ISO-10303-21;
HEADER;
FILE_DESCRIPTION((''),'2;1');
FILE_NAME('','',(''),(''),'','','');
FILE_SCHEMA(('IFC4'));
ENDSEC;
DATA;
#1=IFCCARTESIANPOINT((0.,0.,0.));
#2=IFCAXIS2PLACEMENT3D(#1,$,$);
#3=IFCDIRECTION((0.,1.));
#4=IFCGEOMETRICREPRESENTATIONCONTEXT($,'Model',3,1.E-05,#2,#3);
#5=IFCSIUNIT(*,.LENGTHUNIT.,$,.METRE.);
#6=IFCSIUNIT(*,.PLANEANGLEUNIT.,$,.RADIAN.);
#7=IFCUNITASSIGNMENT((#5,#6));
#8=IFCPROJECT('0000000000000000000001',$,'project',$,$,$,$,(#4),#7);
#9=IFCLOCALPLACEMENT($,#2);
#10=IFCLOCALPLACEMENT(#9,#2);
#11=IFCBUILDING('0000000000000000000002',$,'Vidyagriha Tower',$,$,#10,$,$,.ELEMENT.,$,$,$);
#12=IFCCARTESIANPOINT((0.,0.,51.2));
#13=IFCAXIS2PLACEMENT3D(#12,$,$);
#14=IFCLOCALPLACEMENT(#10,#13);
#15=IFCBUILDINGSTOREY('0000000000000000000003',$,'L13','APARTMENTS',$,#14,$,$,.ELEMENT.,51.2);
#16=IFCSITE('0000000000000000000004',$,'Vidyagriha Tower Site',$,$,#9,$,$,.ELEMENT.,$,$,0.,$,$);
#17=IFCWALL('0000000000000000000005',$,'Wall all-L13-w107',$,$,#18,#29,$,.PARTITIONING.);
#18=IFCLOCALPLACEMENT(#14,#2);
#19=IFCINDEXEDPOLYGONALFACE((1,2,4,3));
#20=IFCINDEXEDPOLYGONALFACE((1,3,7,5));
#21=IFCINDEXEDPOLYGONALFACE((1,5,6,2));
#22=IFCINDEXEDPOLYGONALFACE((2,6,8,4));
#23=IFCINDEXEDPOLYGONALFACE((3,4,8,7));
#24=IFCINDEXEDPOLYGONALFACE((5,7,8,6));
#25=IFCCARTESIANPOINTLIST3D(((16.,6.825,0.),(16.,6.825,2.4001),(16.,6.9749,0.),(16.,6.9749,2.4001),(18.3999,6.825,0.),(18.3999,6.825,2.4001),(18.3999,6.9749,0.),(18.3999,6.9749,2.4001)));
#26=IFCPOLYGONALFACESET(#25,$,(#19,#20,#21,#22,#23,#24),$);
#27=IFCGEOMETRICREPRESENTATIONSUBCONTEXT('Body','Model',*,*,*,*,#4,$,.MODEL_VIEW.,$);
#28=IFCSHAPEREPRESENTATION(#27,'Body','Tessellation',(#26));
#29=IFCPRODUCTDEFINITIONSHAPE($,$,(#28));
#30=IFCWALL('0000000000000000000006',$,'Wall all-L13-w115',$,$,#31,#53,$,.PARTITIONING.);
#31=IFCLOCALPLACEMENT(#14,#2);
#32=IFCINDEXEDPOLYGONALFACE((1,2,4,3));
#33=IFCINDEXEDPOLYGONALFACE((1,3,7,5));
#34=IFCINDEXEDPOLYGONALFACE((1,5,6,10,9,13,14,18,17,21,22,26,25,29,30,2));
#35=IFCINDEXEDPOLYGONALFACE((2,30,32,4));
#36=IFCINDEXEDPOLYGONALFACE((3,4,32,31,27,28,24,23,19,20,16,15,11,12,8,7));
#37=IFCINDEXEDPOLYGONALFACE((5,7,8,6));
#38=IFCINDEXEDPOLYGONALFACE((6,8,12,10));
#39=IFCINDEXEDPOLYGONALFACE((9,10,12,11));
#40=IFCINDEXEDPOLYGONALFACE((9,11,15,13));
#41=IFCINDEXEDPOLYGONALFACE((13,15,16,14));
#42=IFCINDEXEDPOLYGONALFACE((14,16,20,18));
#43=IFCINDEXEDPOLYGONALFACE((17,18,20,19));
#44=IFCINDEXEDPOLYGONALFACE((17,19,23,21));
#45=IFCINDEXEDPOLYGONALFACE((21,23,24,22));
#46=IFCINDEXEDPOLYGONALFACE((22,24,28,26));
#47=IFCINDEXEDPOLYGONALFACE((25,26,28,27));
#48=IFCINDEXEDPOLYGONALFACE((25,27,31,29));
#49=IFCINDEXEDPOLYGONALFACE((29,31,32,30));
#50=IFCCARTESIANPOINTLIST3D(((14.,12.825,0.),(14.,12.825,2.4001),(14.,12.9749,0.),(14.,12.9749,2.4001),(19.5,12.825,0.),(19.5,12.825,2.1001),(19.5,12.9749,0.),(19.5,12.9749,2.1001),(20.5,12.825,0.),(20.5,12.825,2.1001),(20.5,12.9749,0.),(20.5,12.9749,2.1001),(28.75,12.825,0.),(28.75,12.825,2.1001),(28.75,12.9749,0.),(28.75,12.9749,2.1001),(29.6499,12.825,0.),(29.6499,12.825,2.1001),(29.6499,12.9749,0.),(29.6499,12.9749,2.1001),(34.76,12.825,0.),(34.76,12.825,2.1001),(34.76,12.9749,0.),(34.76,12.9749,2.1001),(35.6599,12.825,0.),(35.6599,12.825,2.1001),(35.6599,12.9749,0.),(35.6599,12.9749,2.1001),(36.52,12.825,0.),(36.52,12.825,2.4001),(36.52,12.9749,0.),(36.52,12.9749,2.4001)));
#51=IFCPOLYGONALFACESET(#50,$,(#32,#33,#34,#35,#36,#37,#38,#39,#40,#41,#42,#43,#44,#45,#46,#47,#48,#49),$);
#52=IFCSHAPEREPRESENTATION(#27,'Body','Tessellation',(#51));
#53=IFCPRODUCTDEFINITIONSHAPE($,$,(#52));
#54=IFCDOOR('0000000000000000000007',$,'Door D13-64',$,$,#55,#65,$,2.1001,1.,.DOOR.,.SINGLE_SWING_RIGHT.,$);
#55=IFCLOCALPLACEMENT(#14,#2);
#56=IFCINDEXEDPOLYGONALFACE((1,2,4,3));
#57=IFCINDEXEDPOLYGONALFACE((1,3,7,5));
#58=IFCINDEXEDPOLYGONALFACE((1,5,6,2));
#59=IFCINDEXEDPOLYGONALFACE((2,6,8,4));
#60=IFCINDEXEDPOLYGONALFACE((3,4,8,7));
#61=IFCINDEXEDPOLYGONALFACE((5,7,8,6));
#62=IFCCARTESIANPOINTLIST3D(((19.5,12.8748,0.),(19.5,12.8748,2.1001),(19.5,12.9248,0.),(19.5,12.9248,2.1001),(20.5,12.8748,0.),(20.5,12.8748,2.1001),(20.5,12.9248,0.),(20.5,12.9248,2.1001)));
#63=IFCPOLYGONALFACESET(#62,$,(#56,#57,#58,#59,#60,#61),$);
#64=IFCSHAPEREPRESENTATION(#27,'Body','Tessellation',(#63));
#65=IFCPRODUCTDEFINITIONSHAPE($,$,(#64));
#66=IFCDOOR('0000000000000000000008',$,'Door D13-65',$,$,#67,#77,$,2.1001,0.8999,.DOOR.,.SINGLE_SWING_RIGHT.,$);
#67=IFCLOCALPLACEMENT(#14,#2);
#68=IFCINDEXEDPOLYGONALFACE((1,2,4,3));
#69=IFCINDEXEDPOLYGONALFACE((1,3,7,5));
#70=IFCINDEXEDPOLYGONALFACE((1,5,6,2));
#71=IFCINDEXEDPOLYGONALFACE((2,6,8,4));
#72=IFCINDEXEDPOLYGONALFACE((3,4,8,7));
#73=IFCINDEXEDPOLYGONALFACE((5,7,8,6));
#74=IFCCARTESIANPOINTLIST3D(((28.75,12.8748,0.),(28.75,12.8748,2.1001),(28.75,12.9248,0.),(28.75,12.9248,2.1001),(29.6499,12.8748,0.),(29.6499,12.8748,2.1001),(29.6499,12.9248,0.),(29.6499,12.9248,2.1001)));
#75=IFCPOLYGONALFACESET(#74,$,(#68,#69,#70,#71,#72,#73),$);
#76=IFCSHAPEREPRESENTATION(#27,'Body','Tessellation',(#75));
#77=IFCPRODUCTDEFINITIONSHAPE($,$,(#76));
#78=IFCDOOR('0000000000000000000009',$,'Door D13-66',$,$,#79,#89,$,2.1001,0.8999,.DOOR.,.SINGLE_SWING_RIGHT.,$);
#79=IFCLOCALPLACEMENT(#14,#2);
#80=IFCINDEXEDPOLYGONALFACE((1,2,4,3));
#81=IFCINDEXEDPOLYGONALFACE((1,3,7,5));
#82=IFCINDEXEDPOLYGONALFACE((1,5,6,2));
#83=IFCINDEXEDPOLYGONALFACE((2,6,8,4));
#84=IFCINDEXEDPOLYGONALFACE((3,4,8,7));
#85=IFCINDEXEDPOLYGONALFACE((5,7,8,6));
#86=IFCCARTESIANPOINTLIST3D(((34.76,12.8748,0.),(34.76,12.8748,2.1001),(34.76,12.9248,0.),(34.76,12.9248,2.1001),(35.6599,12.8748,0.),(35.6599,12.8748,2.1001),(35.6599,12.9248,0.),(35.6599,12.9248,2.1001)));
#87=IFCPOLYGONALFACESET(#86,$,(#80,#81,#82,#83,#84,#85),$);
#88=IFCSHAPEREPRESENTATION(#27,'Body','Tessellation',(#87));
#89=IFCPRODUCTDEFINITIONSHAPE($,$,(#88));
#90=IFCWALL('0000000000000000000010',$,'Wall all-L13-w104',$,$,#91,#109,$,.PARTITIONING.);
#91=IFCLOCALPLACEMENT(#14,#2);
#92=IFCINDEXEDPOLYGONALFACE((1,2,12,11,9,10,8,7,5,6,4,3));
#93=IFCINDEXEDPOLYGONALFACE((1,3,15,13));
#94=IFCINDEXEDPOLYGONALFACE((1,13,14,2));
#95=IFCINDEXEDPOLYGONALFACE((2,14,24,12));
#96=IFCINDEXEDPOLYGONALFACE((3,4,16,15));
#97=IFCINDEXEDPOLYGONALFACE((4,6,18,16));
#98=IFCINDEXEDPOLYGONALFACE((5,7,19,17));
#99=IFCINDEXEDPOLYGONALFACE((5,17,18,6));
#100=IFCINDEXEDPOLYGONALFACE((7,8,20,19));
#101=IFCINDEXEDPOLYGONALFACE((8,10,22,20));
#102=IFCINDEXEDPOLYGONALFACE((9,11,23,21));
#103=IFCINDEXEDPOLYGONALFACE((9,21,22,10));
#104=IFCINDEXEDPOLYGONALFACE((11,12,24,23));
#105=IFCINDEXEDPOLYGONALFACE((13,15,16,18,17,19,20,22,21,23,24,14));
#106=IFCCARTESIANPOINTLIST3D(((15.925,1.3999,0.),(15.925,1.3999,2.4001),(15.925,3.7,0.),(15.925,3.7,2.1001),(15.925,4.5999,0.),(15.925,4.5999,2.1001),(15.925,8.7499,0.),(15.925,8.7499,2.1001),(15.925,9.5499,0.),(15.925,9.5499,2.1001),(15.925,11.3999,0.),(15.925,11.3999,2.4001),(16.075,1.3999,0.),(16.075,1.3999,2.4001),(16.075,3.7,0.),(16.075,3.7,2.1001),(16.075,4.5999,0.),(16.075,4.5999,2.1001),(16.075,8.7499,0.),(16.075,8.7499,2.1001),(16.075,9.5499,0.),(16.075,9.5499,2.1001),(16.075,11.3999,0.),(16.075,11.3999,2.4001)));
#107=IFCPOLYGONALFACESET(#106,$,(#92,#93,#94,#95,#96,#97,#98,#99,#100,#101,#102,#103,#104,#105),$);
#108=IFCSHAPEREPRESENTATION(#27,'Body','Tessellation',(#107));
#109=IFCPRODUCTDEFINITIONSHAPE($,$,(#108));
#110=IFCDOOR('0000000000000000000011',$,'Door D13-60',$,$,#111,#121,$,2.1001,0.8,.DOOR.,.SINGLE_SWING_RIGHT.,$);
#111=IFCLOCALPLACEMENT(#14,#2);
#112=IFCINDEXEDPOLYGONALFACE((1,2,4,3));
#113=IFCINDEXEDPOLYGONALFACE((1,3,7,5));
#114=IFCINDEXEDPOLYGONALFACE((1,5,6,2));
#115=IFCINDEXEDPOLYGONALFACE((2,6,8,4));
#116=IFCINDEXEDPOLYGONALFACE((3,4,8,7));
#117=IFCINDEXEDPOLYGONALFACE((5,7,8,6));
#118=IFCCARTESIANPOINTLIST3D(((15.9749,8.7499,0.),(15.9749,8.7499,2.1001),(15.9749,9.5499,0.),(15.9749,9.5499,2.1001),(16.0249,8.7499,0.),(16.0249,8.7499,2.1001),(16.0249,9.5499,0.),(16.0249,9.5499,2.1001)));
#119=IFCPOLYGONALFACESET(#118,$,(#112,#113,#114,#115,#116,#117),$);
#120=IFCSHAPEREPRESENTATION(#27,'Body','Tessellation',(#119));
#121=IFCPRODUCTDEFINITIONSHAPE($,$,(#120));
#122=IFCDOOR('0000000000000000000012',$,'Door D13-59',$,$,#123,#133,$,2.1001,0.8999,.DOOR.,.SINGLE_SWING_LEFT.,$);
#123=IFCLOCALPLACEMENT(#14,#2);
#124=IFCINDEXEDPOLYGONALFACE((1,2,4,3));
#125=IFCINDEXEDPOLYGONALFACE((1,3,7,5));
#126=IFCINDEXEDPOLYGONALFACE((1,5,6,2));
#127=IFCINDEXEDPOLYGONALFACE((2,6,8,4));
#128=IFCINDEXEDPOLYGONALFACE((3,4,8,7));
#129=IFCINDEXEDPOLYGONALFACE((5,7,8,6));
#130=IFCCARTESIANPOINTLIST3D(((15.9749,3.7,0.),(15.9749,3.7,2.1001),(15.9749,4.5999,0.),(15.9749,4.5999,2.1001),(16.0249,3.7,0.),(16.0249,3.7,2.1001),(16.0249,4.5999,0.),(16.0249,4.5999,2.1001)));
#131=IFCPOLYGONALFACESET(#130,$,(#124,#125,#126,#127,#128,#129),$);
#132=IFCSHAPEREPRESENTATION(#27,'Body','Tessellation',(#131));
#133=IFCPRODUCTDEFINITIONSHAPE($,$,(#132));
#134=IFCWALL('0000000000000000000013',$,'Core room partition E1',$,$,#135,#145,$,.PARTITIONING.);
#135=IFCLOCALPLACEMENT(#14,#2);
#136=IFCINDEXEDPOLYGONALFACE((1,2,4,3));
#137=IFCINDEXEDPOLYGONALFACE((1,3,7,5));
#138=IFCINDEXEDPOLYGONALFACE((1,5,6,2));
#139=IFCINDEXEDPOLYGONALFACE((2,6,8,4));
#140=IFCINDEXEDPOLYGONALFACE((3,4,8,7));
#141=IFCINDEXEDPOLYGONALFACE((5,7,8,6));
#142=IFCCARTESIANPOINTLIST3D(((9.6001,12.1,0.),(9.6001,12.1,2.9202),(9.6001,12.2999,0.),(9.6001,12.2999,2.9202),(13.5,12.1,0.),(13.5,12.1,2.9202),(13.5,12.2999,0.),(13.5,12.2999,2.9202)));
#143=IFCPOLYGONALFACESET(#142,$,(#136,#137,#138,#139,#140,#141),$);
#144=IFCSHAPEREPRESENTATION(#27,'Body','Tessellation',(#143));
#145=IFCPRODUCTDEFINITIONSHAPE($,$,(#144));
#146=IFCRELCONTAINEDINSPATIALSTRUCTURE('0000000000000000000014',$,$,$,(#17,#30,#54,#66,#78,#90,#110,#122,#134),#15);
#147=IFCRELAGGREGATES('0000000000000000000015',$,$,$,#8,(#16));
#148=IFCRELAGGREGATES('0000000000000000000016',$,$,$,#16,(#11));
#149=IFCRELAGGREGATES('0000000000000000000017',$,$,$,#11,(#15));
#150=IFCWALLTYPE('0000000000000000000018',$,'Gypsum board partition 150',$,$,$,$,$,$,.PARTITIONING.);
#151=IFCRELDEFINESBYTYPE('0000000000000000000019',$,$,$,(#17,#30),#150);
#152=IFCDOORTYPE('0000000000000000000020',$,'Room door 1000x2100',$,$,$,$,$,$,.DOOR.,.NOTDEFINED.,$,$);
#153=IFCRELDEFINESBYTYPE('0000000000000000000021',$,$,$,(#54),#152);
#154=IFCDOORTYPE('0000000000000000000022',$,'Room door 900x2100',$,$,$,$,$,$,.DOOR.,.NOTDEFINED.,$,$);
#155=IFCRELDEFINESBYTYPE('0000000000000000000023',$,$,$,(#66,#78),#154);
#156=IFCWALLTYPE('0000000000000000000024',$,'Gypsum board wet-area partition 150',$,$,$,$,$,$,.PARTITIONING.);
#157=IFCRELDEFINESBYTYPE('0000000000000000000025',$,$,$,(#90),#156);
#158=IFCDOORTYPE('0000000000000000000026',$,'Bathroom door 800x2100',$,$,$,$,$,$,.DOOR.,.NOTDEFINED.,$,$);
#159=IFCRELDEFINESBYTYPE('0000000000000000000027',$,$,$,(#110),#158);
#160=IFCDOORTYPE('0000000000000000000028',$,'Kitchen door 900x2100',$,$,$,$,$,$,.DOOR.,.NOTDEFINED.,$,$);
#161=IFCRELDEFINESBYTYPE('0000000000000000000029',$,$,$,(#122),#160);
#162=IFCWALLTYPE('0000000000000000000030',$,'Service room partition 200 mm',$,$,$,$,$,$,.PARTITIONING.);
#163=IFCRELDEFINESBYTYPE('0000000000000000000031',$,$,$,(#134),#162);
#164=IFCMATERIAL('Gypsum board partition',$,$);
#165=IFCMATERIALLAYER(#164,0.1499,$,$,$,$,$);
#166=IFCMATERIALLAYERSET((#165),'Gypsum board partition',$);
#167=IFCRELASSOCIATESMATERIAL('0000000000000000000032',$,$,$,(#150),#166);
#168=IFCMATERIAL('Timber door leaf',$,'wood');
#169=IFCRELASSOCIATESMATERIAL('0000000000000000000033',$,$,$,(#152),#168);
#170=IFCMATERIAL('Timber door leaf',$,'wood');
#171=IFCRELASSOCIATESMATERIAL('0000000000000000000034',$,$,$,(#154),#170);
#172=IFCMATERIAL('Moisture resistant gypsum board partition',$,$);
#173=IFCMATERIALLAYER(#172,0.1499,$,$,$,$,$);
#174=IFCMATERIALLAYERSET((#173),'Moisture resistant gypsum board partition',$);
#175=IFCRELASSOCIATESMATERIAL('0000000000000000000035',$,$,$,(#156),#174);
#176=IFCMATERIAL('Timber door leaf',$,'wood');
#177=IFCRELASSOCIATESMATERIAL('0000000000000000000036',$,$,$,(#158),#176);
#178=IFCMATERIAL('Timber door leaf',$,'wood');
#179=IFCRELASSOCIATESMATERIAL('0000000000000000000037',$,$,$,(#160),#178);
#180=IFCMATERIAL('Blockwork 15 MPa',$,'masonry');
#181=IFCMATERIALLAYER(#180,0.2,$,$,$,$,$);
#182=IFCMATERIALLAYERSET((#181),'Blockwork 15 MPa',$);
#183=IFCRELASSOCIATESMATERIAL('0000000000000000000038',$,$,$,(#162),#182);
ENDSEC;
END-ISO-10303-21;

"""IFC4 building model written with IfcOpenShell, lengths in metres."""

from ifc_helpers import new_model, si_unit, direction, frame, frame_2d, origin, place, context, subcontext, project, spatial, rectangle, extrude, material, layer, layer_set, type_object, element, fill, save


model = new_model("IFC4")

# Units and contexts
model_context = context("Model", 3, precision=1e-05, world=origin(), true_north=direction((0.0, 1.0)))
body_context = subcontext(model_context, "Body", "Model", "MODEL_VIEW")
ifc_project = project(units=[si_unit("LENGTHUNIT", "METRE"), si_unit("PLANEANGLEUNIT", "RADIAN")], contexts=[model_context])

# Site, building, storey
site_placement = place(None, origin())
site = spatial("IfcSite", under=ifc_project, at=site_placement, Name="Vidyagriha Tower Site", CompositionType="ELEMENT", RefElevation=0.0)
building_placement = place(site_placement, origin())
building = spatial("IfcBuilding", under=site, at=building_placement, Name="Vidyagriha Tower", CompositionType="ELEMENT")
storey_placement = place(building_placement, frame((0.0, 0.0, 51.2)))
storey = spatial("IfcBuildingStorey", under=building, at=storey_placement, Name="L13", Description="APARTMENTS", CompositionType="ELEMENT", Elevation=51.2)

# Wall
ifc_material_1 = material(Name="Gypsum board partition")
ifc_layer_1 = layer(ifc_material_1, 0.1499)
ifc_layer_set_1 = layer_set([ifc_layer_1], Name="Gypsum board partition")
wall_type_1 = type_object("IfcWallType", Name="Gypsum board partition 150", PredefinedType="PARTITIONING", material=ifc_layer_set_1)
wall_1_placement = place(storey_placement, frame((16.0, 6.8999, 0.0)))
element("IfcWall", 1, at=wall_1_placement, inside=storey, type_object=wall_type_1, Name="Wall all-L13-w107", PredefinedType="PARTITIONING", context=body_context, shape_type="SweptSolid", body=[
    extrude(rectangle(XDim=2.3999, YDim=0.1499, at=frame_2d((1.2, 0.0))), origin(), (0.0, 0.0, 1.0), 2.4001),
])

# Walls, openings, doors
wall_2_placement = place(storey_placement, frame((14.0, 12.8999, 0.0)))
wall_2 = element("IfcWall", 2, at=wall_2_placement, inside=storey, type_object=wall_type_1, Name="Wall all-L13-w115", PredefinedType="PARTITIONING", context=body_context, shape_type="SweptSolid", body=[
    extrude(rectangle(XDim=22.52, YDim=0.1499, at=frame_2d((11.26, 0.0))), origin(), (0.0, 0.0, 1.0), 2.4001),
])
opening_1_placement = place(wall_2_placement, frame((5.5, 0.0, 0.0)))
opening_1 = element("IfcOpeningElement", 3, at=opening_1_placement, cuts=wall_2, PredefinedType="OPENING", context=body_context, shape_type="SweptSolid", body=[
    extrude(rectangle(XDim=1.0, YDim=2.1001, at=frame_2d((0.5, 1.05))), frame((0.0, 0.085, 0.0), z_axis=(0.0, -1.0, 0.0), x_axis=(1.0, 0.0, 0.0)), (0.0, 0.0, 1.0), 0.1699),
])
opening_2_placement = place(wall_2_placement, frame((14.75, 0.0, 0.0)))
opening_2 = element("IfcOpeningElement", 4, at=opening_2_placement, cuts=wall_2, PredefinedType="OPENING", context=body_context, shape_type="SweptSolid", body=[
    extrude(rectangle(XDim=0.8999, YDim=2.1001, at=frame_2d((0.45, 1.05))), frame((0.0, 0.085, 0.0), z_axis=(0.0, -1.0, 0.0), x_axis=(1.0, 0.0, 0.0)), (0.0, 0.0, 1.0), 0.1699),
])
opening_3_placement = place(wall_2_placement, frame((20.76, 0.0, 0.0)))
opening_3 = element("IfcOpeningElement", 5, at=opening_3_placement, cuts=wall_2, PredefinedType="OPENING", context=body_context, shape_type="SweptSolid", body=[
    extrude(rectangle(XDim=0.8999, YDim=2.1001, at=frame_2d((0.45, 1.05))), frame((0.0, 0.085, 0.0), z_axis=(0.0, -1.0, 0.0), x_axis=(1.0, 0.0, 0.0)), (0.0, 0.0, 1.0), 0.1699),
])
ifc_material_2 = material(Name="Timber door leaf", Category="wood")
door_type_1 = type_object("IfcDoorType", Name="Room door 1000x2100", OperationType="NOTDEFINED", PredefinedType="DOOR", material=ifc_material_2)
door_1_placement = place(opening_1_placement, origin())
door_1 = element("IfcDoor", 6, at=door_1_placement, inside=storey, type_object=door_type_1, Name="Door D13-64", OperationType="SINGLE_SWING_RIGHT", OverallHeight=2.1001, OverallWidth=1.0, PredefinedType="DOOR", context=body_context, shape_type="SweptSolid", body=[
    extrude(rectangle(XDim=1.0, YDim=2.1001, at=frame_2d((0.5, 1.05))), frame((0.0, 0.0249, 0.0), z_axis=(0.0, -1.0, 0.0), x_axis=(1.0, 0.0, 0.0)), (0.0, 0.0, 1.0), 0.05),
])
fill(opening_1, door_1)
ifc_material_3 = material(Name="Timber door leaf", Category="wood")
door_type_2 = type_object("IfcDoorType", Name="Room door 900x2100", OperationType="NOTDEFINED", PredefinedType="DOOR", material=ifc_material_3)
door_2_placement = place(opening_2_placement, origin())
door_2 = element("IfcDoor", 7, at=door_2_placement, inside=storey, type_object=door_type_2, Name="Door D13-65", OperationType="SINGLE_SWING_RIGHT", OverallHeight=2.1001, OverallWidth=0.8999, PredefinedType="DOOR", context=body_context, shape_type="SweptSolid", body=[
    extrude(rectangle(XDim=0.8999, YDim=2.1001, at=frame_2d((0.45, 1.05))), frame((0.0, 0.0249, 0.0), z_axis=(0.0, -1.0, 0.0), x_axis=(1.0, 0.0, 0.0)), (0.0, 0.0, 1.0), 0.05),
])
fill(opening_2, door_2)
door_3_placement = place(opening_3_placement, origin())
door_3 = element("IfcDoor", 8, at=door_3_placement, inside=storey, type_object=door_type_2, Name="Door D13-66", OperationType="SINGLE_SWING_RIGHT", OverallHeight=2.1001, OverallWidth=0.8999, PredefinedType="DOOR", context=body_context, shape_type="SweptSolid", body=[
    extrude(rectangle(XDim=0.8999, YDim=2.1001, at=frame_2d((0.45, 1.05))), frame((0.0, 0.0249, 0.0), z_axis=(0.0, -1.0, 0.0), x_axis=(1.0, 0.0, 0.0)), (0.0, 0.0, 1.0), 0.05),
])
fill(opening_3, door_3)
ifc_material_4 = material(Name="Moisture resistant gypsum board partition")
ifc_layer_2 = layer(ifc_material_4, 0.1499)
ifc_layer_set_2 = layer_set([ifc_layer_2], Name="Moisture resistant gypsum board partition")
wall_type_2 = type_object("IfcWallType", Name="Gypsum board wet-area partition 150", PredefinedType="PARTITIONING", material=ifc_layer_set_2)
wall_3_placement = place(storey_placement, frame((16.0, 11.3999, 0.0), z_axis=(0.0, 0.0, 1.0), x_axis=(0.0, -1.0, 0.0)))
wall_3 = element("IfcWall", 9, at=wall_3_placement, inside=storey, type_object=wall_type_2, Name="Wall all-L13-w104", PredefinedType="PARTITIONING", context=body_context, shape_type="SweptSolid", body=[
    extrude(rectangle(XDim=10.0, YDim=0.1499, at=frame_2d((5.0, 0.0))), origin(), (0.0, 0.0, 1.0), 2.4001),
])
opening_4_placement = place(wall_3_placement, frame((6.8, 0.0, 0.0)))
opening_4 = element("IfcOpeningElement", 10, at=opening_4_placement, cuts=wall_3, PredefinedType="OPENING", context=body_context, shape_type="SweptSolid", body=[
    extrude(rectangle(XDim=0.8999, YDim=2.1001, at=frame_2d((0.45, 1.05))), frame((0.0, 0.085, 0.0), z_axis=(0.0, -1.0, 0.0), x_axis=(1.0, 0.0, 0.0)), (0.0, 0.0, 1.0), 0.1699),
])
opening_5_placement = place(wall_3_placement, frame((1.8501, 0.0, 0.0)))
opening_5 = element("IfcOpeningElement", 11, at=opening_5_placement, cuts=wall_3, PredefinedType="OPENING", context=body_context, shape_type="SweptSolid", body=[
    extrude(rectangle(XDim=0.8, YDim=2.1001, at=frame_2d((0.3999, 1.05))), frame((0.0, 0.085, 0.0), z_axis=(0.0, -1.0, 0.0), x_axis=(1.0, 0.0, 0.0)), (0.0, 0.0, 1.0), 0.1699),
])
ifc_material_5 = material(Name="Timber door leaf", Category="wood")
door_type_3 = type_object("IfcDoorType", Name="Bathroom door 800x2100", OperationType="NOTDEFINED", PredefinedType="DOOR", material=ifc_material_5)
door_4_placement = place(opening_5_placement, origin())
door_4 = element("IfcDoor", 12, at=door_4_placement, inside=storey, type_object=door_type_3, Name="Door D13-60", OperationType="SINGLE_SWING_RIGHT", OverallHeight=2.1001, OverallWidth=0.8, PredefinedType="DOOR", context=body_context, shape_type="SweptSolid", body=[
    extrude(rectangle(XDim=0.8, YDim=2.1001, at=frame_2d((0.3999, 1.05))), frame((0.0, 0.0249, 0.0), z_axis=(0.0, -1.0, 0.0), x_axis=(1.0, 0.0, 0.0)), (0.0, 0.0, 1.0), 0.05),
])
fill(opening_5, door_4)
ifc_material_6 = material(Name="Timber door leaf", Category="wood")
door_type_4 = type_object("IfcDoorType", Name="Kitchen door 900x2100", OperationType="NOTDEFINED", PredefinedType="DOOR", material=ifc_material_6)
door_5_placement = place(opening_4_placement, origin())
door_5 = element("IfcDoor", 13, at=door_5_placement, inside=storey, type_object=door_type_4, Name="Door D13-59", OperationType="SINGLE_SWING_LEFT", OverallHeight=2.1001, OverallWidth=0.8999, PredefinedType="DOOR", context=body_context, shape_type="SweptSolid", body=[
    extrude(rectangle(XDim=0.8999, YDim=2.1001, at=frame_2d((0.45, 1.05))), frame((0.0, 0.0249, 0.0), z_axis=(0.0, -1.0, 0.0), x_axis=(1.0, 0.0, 0.0)), (0.0, 0.0, 1.0), 0.05),
])
fill(opening_4, door_5)

# Wall
ifc_material_7 = material(Name="Blockwork 15 MPa", Category="masonry")
ifc_layer_3 = layer(ifc_material_7, 0.2)
ifc_layer_set_3 = layer_set([ifc_layer_3], Name="Blockwork 15 MPa")
wall_type_3 = type_object("IfcWallType", Name="Service room partition 200 mm", PredefinedType="PARTITIONING", material=ifc_layer_set_3)
wall_4_placement = place(storey_placement, frame((9.6001, 12.2, 0.0)))
element("IfcWall", 14, at=wall_4_placement, inside=storey, type_object=wall_type_3, Name="Core room partition E1", PredefinedType="PARTITIONING", context=body_context, shape_type="SweptSolid", body=[
    extrude(rectangle(XDim=3.8999, YDim=0.2, at=frame_2d((1.95, 0.0))), origin(), (0.0, 0.0, 1.0), 2.9202),
])

save(model, "model.ifc")
